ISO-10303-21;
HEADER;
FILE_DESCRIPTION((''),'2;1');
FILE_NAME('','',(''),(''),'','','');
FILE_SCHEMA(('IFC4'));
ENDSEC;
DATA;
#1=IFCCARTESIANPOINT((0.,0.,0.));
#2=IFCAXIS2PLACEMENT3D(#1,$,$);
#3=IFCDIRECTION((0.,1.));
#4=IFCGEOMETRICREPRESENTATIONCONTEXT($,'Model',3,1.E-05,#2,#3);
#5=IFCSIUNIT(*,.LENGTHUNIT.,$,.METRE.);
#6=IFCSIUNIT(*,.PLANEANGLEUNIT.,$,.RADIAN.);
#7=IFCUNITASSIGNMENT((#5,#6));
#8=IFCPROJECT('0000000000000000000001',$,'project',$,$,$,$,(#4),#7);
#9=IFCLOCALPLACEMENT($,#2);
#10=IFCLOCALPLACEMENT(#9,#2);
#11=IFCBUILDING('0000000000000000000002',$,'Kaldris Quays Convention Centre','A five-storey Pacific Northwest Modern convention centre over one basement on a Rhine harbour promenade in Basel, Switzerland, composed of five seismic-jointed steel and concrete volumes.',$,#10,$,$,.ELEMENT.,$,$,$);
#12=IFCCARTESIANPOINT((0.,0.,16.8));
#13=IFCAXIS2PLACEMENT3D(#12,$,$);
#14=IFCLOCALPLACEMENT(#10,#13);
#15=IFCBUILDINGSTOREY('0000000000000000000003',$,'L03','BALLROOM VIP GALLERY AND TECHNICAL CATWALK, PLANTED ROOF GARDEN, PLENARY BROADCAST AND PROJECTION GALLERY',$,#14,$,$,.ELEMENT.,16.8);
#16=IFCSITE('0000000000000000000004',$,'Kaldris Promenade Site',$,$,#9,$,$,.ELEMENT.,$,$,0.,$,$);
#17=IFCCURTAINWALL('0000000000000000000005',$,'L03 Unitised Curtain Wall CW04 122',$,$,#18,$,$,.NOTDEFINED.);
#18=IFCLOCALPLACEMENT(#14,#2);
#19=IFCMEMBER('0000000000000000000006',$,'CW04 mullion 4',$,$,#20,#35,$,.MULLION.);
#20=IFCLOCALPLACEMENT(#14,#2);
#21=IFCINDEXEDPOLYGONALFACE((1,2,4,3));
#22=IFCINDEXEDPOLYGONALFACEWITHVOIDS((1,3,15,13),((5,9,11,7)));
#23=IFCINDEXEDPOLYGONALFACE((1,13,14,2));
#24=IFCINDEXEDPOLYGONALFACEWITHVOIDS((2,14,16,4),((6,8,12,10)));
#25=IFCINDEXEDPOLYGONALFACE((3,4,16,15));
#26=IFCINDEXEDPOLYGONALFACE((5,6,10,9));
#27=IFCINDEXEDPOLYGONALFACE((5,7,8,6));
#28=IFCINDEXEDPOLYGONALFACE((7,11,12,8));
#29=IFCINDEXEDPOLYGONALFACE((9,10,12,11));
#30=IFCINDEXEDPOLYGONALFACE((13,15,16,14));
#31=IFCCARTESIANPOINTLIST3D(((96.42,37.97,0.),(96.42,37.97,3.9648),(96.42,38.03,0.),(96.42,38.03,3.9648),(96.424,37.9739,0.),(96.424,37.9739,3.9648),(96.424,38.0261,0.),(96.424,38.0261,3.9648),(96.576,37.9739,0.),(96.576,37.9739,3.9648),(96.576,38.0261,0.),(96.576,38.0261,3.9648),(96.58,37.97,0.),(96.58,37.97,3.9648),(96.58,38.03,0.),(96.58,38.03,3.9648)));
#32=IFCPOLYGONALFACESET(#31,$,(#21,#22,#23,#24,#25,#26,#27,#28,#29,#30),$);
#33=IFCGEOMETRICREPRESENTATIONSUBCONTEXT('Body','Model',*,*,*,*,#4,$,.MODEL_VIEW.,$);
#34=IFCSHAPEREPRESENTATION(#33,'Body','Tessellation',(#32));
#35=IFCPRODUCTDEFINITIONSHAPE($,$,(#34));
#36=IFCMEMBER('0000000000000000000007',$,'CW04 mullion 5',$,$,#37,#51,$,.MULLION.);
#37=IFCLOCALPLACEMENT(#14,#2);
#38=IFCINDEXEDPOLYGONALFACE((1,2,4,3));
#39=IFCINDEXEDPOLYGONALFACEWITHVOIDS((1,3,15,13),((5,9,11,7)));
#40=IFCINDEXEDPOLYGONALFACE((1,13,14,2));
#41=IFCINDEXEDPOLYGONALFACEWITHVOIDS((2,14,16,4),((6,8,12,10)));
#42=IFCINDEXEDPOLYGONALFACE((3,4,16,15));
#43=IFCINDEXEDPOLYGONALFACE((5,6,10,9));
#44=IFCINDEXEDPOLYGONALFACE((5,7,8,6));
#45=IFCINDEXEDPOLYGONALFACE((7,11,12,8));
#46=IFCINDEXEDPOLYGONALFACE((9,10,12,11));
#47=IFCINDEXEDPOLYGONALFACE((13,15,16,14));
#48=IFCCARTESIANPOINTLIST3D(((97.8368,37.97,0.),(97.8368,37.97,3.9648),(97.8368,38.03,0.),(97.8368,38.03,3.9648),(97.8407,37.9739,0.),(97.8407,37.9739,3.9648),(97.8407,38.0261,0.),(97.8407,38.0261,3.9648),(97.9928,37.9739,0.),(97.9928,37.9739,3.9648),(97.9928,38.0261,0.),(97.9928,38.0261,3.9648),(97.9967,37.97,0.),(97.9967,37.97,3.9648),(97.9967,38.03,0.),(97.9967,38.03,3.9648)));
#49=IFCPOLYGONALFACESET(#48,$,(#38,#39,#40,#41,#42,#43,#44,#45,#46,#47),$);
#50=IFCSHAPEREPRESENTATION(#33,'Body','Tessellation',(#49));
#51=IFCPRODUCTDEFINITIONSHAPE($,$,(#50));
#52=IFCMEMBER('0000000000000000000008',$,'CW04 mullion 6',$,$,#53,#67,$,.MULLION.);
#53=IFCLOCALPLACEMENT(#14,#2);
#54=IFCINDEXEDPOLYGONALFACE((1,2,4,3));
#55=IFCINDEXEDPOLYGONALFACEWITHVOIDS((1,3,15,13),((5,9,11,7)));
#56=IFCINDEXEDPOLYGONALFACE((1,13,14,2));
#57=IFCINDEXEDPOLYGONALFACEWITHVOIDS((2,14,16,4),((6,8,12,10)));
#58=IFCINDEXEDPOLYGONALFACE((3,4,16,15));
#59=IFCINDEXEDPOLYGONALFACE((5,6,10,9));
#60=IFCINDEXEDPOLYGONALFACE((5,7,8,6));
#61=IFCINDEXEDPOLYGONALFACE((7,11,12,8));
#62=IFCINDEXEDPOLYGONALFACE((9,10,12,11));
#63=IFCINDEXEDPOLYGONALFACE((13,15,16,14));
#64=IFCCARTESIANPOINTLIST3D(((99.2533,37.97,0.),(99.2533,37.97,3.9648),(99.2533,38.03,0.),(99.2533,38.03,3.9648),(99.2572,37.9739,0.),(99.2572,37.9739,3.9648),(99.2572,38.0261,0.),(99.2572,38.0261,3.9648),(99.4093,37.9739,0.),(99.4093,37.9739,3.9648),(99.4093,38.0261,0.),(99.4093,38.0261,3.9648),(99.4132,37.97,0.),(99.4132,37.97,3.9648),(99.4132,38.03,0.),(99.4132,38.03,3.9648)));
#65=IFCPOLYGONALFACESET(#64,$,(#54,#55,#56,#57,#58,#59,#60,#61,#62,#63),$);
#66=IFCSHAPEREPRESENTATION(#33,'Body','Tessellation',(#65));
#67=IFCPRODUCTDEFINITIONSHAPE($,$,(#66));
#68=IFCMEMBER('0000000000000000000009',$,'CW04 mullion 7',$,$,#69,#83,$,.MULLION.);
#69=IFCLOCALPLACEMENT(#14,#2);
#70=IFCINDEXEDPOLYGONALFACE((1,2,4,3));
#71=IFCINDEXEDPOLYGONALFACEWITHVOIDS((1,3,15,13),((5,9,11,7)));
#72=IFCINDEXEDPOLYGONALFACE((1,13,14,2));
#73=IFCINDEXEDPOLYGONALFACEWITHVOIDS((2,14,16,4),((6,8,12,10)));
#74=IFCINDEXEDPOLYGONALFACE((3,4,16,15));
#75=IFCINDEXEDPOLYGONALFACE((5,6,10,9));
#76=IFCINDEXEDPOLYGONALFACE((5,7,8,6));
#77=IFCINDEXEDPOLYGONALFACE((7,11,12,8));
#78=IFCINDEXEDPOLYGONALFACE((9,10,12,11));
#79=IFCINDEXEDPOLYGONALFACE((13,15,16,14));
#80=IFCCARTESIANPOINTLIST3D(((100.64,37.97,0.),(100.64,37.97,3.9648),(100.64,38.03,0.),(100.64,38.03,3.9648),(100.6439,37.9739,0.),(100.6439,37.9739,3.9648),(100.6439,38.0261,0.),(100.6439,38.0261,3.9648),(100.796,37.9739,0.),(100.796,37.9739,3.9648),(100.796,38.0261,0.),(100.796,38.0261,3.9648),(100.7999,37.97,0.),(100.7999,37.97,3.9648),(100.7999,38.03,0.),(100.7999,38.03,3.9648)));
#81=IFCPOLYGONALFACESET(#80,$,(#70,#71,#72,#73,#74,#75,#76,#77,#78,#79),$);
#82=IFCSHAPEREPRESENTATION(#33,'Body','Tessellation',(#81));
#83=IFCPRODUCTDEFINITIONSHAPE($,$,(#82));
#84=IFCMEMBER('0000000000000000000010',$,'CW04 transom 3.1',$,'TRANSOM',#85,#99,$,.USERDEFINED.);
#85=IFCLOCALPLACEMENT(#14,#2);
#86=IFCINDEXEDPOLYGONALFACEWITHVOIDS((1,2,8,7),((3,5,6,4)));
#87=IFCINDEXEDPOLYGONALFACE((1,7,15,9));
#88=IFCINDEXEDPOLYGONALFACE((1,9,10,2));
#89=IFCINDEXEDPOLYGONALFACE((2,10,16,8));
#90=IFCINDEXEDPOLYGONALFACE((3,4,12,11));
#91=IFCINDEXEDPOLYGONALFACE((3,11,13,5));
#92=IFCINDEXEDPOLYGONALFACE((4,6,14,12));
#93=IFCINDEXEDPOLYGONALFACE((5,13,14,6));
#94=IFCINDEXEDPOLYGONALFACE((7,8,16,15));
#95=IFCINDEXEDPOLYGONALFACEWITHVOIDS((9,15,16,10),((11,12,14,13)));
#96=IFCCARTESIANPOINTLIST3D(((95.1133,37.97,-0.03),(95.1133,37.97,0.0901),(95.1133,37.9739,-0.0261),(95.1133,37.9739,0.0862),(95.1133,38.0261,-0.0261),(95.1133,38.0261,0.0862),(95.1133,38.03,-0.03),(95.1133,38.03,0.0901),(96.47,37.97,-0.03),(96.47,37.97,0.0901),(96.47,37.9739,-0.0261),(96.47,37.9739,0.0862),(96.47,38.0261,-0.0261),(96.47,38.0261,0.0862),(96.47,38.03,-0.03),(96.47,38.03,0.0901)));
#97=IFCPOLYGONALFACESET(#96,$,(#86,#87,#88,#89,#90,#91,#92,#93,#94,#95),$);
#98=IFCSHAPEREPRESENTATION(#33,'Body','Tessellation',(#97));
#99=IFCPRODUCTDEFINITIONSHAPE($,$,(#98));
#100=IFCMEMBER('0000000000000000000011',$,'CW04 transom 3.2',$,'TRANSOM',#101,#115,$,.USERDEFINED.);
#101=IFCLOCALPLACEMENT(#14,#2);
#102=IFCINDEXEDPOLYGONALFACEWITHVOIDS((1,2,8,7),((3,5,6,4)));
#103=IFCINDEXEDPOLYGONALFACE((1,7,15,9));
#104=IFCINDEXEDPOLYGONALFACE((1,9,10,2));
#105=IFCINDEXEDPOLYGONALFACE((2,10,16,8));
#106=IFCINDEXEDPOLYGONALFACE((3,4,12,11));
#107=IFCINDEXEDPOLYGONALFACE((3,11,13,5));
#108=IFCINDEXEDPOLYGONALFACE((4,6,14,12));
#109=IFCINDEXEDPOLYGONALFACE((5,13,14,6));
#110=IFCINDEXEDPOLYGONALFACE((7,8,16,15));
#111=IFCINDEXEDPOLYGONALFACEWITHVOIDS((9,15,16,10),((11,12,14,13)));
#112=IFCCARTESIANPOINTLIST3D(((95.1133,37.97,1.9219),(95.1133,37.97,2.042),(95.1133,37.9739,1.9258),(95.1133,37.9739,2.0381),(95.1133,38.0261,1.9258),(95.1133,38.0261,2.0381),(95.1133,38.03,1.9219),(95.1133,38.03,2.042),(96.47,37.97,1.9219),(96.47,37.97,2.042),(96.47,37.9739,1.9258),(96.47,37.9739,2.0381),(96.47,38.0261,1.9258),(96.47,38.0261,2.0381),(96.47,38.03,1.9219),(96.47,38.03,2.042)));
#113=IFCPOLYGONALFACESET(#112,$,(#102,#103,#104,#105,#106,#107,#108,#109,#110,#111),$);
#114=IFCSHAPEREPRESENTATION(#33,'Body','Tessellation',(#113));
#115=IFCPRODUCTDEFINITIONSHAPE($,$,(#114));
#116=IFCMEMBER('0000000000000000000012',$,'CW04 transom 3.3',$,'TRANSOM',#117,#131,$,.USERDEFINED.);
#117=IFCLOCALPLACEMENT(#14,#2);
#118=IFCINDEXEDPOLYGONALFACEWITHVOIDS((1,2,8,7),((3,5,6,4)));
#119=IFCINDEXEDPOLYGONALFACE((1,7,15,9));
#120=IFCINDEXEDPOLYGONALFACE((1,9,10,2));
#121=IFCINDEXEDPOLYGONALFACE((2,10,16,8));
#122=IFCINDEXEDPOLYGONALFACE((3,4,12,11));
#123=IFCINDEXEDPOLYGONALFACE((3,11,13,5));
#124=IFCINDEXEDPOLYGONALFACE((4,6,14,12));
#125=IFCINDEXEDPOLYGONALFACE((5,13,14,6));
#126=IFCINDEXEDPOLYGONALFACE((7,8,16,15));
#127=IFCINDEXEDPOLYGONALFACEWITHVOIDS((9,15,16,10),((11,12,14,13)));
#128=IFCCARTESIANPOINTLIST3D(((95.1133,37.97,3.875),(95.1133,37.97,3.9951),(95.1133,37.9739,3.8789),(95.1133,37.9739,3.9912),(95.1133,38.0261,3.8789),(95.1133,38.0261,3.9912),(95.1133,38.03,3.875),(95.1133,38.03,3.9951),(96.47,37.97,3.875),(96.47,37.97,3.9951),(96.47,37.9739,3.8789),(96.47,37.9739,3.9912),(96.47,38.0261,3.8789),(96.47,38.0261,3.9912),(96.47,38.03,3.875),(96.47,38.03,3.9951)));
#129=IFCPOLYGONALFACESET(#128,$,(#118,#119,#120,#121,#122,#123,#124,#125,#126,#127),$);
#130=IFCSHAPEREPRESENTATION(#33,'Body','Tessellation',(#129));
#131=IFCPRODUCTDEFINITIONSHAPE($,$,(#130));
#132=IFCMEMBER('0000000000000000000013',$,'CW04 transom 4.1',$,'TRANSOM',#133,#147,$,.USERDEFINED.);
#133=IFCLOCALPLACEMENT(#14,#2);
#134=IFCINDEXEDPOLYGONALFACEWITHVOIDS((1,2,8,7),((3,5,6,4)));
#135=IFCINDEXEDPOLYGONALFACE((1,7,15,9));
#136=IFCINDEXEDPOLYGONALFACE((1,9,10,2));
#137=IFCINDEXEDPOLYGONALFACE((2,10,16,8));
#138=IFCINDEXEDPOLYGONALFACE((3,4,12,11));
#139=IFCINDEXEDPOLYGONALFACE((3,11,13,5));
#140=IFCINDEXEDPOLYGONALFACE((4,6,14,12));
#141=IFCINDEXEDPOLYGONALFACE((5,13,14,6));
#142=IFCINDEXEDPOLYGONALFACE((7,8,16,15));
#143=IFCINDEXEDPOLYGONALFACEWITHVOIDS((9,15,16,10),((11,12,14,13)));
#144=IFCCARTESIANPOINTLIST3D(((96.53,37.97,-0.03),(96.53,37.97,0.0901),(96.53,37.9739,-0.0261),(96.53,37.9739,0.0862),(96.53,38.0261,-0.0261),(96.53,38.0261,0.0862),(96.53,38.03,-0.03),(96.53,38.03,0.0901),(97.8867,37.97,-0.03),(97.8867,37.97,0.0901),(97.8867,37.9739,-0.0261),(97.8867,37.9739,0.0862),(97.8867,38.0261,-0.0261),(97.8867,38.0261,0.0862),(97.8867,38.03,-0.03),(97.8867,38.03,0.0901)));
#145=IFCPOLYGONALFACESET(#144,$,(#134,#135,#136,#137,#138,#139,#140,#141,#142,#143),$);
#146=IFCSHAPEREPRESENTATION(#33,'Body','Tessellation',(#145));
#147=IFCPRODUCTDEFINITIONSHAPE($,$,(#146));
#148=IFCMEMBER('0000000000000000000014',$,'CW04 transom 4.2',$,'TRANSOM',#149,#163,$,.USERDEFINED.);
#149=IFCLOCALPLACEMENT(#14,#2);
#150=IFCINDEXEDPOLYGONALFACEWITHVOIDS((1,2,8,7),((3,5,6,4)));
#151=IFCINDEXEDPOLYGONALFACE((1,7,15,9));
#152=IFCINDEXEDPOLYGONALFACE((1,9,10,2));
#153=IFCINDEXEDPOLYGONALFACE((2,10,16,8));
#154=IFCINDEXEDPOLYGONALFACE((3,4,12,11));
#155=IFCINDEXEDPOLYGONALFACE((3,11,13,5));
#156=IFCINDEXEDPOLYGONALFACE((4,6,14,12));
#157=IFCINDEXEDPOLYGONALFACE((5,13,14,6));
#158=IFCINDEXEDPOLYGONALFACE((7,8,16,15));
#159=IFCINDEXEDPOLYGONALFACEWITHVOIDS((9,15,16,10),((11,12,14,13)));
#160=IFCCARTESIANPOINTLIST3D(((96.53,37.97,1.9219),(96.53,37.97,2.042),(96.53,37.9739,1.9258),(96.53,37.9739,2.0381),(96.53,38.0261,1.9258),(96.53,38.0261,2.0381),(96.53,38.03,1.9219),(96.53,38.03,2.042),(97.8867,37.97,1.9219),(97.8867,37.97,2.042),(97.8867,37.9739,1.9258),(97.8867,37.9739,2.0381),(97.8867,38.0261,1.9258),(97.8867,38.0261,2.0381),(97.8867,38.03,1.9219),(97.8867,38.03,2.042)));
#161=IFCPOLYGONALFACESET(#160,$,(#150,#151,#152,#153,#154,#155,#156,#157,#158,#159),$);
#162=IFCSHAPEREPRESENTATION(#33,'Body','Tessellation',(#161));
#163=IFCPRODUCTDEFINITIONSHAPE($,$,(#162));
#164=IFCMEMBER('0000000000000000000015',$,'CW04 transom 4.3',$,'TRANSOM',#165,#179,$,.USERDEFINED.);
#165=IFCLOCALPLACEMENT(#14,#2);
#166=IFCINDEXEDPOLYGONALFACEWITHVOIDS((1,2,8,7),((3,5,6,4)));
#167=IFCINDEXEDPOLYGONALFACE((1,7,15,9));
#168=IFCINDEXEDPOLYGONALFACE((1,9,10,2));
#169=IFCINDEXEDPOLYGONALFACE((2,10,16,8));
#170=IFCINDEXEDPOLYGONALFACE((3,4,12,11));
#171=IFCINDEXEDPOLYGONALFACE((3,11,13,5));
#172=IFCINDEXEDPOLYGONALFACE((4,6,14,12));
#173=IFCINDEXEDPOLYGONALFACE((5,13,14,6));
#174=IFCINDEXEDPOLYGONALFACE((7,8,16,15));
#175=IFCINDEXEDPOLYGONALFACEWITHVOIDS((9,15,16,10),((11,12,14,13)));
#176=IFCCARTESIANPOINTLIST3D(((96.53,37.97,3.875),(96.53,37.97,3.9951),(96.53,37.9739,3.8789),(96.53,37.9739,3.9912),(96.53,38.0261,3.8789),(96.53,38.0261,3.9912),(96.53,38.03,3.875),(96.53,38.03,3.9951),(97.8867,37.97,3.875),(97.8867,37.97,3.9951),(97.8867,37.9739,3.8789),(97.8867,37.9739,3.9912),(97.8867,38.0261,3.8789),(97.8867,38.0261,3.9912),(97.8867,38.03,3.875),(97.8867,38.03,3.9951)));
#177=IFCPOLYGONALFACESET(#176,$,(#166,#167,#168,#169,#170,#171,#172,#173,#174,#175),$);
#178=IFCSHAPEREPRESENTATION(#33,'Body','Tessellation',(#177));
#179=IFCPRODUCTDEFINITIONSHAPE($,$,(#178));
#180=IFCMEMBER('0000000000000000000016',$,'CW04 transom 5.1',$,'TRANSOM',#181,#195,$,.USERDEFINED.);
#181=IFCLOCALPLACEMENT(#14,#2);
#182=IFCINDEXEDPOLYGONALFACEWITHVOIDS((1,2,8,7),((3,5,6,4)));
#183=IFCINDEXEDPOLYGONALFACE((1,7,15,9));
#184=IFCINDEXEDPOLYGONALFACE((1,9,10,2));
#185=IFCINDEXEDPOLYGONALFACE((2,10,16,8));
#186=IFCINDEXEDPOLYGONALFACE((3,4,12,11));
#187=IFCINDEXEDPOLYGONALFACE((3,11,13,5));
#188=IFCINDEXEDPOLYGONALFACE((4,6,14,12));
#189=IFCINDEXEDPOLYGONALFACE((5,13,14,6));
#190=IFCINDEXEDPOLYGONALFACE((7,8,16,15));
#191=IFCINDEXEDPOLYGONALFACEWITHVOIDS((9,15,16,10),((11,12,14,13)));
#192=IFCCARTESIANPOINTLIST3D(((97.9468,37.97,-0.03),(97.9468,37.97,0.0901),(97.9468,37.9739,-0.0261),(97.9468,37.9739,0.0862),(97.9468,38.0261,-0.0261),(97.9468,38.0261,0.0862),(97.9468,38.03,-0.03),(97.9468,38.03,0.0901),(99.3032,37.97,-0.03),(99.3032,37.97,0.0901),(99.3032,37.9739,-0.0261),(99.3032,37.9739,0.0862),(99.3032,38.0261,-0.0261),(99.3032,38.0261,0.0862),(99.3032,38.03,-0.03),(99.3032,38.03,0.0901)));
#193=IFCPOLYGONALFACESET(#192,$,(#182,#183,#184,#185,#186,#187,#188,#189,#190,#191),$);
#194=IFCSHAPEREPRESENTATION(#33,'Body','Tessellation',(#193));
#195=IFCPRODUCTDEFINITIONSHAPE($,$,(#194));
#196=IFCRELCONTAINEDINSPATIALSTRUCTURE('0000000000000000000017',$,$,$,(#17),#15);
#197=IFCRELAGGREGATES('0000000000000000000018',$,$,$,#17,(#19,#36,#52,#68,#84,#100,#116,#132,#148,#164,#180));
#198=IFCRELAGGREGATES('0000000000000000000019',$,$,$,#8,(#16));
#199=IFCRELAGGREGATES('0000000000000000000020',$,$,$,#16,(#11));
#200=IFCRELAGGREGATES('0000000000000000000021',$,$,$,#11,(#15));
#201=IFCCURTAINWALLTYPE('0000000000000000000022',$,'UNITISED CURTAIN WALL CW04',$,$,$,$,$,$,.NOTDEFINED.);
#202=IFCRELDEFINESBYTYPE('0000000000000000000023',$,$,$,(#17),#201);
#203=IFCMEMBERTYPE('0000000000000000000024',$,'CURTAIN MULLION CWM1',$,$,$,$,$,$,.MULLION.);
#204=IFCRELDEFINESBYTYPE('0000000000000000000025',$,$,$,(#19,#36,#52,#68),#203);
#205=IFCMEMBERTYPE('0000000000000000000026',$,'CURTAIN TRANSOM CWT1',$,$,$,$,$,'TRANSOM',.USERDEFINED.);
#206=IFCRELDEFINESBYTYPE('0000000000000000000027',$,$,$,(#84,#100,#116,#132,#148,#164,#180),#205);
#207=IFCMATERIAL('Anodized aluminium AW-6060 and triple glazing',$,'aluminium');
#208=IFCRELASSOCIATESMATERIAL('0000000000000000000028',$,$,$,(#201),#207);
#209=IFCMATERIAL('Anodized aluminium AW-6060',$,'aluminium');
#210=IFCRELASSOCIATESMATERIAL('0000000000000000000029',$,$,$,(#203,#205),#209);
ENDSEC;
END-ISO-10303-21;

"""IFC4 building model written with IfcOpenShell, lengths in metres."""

from ifc_helpers import new_model, si_unit, direction, frame, origin, origin_2d, place, context, subcontext, project, spatial, hollow_rectangle, extrude, material, material_profile, profile_set, type_object, element, aggregate, save


model = new_model("IFC4")

# Units and contexts
model_context = context("Model", 3, precision=1e-05, world=origin(), true_north=direction((0.0, 1.0)))
body_context = subcontext(model_context, "Body", "Model", "MODEL_VIEW")
ifc_project = project(units=[si_unit("LENGTHUNIT", "METRE"), si_unit("PLANEANGLEUNIT", "RADIAN")], contexts=[model_context])

# Site, building, storey
site_placement = place(None, origin())
site = spatial("IfcSite", under=ifc_project, at=site_placement, Name="Kaldris Promenade Site", CompositionType="ELEMENT", RefElevation=0.0)
building_placement = place(site_placement, origin())
building = spatial("IfcBuilding", under=site, at=building_placement, Name="Kaldris Quays Convention Centre", Description="A five-storey Pacific Northwest Modern convention centre over one basement on a Rhine harbour promenade in Basel, Switzerland, composed of five seismic-jointed steel and concrete volumes.", CompositionType="ELEMENT")
storey_placement = place(building_placement, frame((0.0, 0.0, 16.8)))
storey = spatial("IfcBuildingStorey", under=building, at=storey_placement, Name="L03", Description="BALLROOM VIP GALLERY AND TECHNICAL CATWALK, PLANTED ROOF GARDEN, PLENARY BROADCAST AND PROJECTION GALLERY", CompositionType="ELEMENT", Elevation=16.8)

# Curtain wall, members
ifc_material_1 = material(Name="Anodized aluminium AW-6060 and triple glazing", Category="aluminium")
curtain_wall_type = type_object("IfcCurtainWallType", Name="UNITISED CURTAIN WALL CW04", PredefinedType="NOTDEFINED", material=ifc_material_1)
curtain_wall_placement = place(storey_placement, origin())
curtain_wall = element("IfcCurtainWall", 1, at=curtain_wall_placement, inside=storey, type_object=curtain_wall_type, Name="L03 Unitised Curtain Wall CW04 122", PredefinedType="NOTDEFINED")
ifc_material_2 = material(Name="Anodized aluminium AW-6060", Category="aluminium")
ifc_material_profile_1 = material_profile(ifc_material_2, hollow_rectangle(XDim=0.0601, YDim=0.1599, WallThickness=0.0039, at=origin_2d()), Name="RHS 160x60x4")
ifc_profile_set_1 = profile_set([ifc_material_profile_1], Name="Anodized aluminium AW-6060")
member_type_1 = type_object("IfcMemberType", Name="CURTAIN MULLION CWM1", PredefinedType="MULLION", material=ifc_profile_set_1)
member_1_placement = place(storey_placement, frame((96.5, 38.0, 0.0), z_axis=(0.0, 0.0, 1.0), x_axis=(0.0, 1.0, 0.0)))
member_1 = element("IfcMember", 2, at=member_1_placement, type_object=member_type_1, Name="CW04 mullion 4", PredefinedType="MULLION", context=body_context, shape_type="SweptSolid", body=[
    extrude(hollow_rectangle(XDim=0.0601, YDim=0.1599, WallThickness=0.0039, at=origin_2d()), origin(), (0.0, 0.0, 1.0), 3.9648),
])
member_2_placement = place(storey_placement, frame((97.9167, 38.0, 0.0), z_axis=(0.0, 0.0, 1.0), x_axis=(0.0, 1.0, 0.0)))
member_2 = element("IfcMember", 3, at=member_2_placement, type_object=member_type_1, Name="CW04 mullion 5", PredefinedType="MULLION", context=body_context, shape_type="SweptSolid", body=[
    extrude(hollow_rectangle(XDim=0.0601, YDim=0.1599, WallThickness=0.0039, at=origin_2d()), origin(), (0.0, 0.0, 1.0), 3.9648),
])
member_3_placement = place(storey_placement, frame((99.3333, 38.0, 0.0), z_axis=(0.0, 0.0, 1.0), x_axis=(0.0, 1.0, 0.0)))
member_3 = element("IfcMember", 4, at=member_3_placement, type_object=member_type_1, Name="CW04 mullion 6", PredefinedType="MULLION", context=body_context, shape_type="SweptSolid", body=[
    extrude(hollow_rectangle(XDim=0.0601, YDim=0.1599, WallThickness=0.0039, at=origin_2d()), origin(), (0.0, 0.0, 1.0), 3.9648),
])
member_4_placement = place(storey_placement, frame((100.72, 38.0, 0.0), z_axis=(0.0, 0.0, 1.0), x_axis=(0.0, 1.0, 0.0)))
member_4 = element("IfcMember", 5, at=member_4_placement, type_object=member_type_1, Name="CW04 mullion 7", PredefinedType="MULLION", context=body_context, shape_type="SweptSolid", body=[
    extrude(hollow_rectangle(XDim=0.0601, YDim=0.1599, WallThickness=0.0039, at=origin_2d()), origin(), (0.0, 0.0, 1.0), 3.9648),
])
ifc_material_profile_2 = material_profile(ifc_material_2, hollow_rectangle(XDim=0.0601, YDim=0.1201, WallThickness=0.0039, at=origin_2d()), Name="RHS 120x60x4")
ifc_profile_set_2 = profile_set([ifc_material_profile_2], Name="Anodized aluminium AW-6060")
member_type_2 = type_object("IfcMemberType", Name="CURTAIN TRANSOM CWT1", ElementType="TRANSOM", PredefinedType="USERDEFINED", material=ifc_profile_set_2)
member_5_placement = place(storey_placement, frame((95.1133, 38.0, 0.03), z_axis=(1.0, 0.0, 0.0), x_axis=(0.0, 1.0, 0.0)))
member_5 = element("IfcMember", 6, at=member_5_placement, type_object=member_type_2, Name="CW04 transom 3.1", ObjectType="TRANSOM", PredefinedType="USERDEFINED", context=body_context, shape_type="SweptSolid", body=[
    extrude(hollow_rectangle(XDim=0.0601, YDim=0.1201, WallThickness=0.0039, at=origin_2d()), origin(), (0.0, 0.0, 1.0), 1.3567),
])
member_6_placement = place(storey_placement, frame((95.1133, 38.0, 1.9819), z_axis=(1.0, 0.0, 0.0), x_axis=(0.0, 1.0, 0.0)))
member_6 = element("IfcMember", 7, at=member_6_placement, type_object=member_type_2, Name="CW04 transom 3.2", ObjectType="TRANSOM", PredefinedType="USERDEFINED", context=body_context, shape_type="SweptSolid", body=[
    extrude(hollow_rectangle(XDim=0.0601, YDim=0.1201, WallThickness=0.0039, at=origin_2d()), origin(), (0.0, 0.0, 1.0), 1.3567),
])
member_7_placement = place(storey_placement, frame((95.1133, 38.0, 3.9351), z_axis=(1.0, 0.0, 0.0), x_axis=(0.0, 1.0, 0.0)))
member_7 = element("IfcMember", 8, at=member_7_placement, type_object=member_type_2, Name="CW04 transom 3.3", ObjectType="TRANSOM", PredefinedType="USERDEFINED", context=body_context, shape_type="SweptSolid", body=[
    extrude(hollow_rectangle(XDim=0.0601, YDim=0.1201, WallThickness=0.0039, at=origin_2d()), origin(), (0.0, 0.0, 1.0), 1.3567),
])
member_8_placement = place(storey_placement, frame((96.53, 38.0, 0.03), z_axis=(1.0, 0.0, 0.0), x_axis=(0.0, 1.0, 0.0)))
member_8 = element("IfcMember", 9, at=member_8_placement, type_object=member_type_2, Name="CW04 transom 4.1", ObjectType="TRANSOM", PredefinedType="USERDEFINED", context=body_context, shape_type="SweptSolid", body=[
    extrude(hollow_rectangle(XDim=0.0601, YDim=0.1201, WallThickness=0.0039, at=origin_2d()), origin(), (0.0, 0.0, 1.0), 1.3567),
])
member_9_placement = place(storey_placement, frame((96.53, 38.0, 1.9819), z_axis=(1.0, 0.0, 0.0), x_axis=(0.0, 1.0, 0.0)))
member_9 = element("IfcMember", 10, at=member_9_placement, type_object=member_type_2, Name="CW04 transom 4.2", ObjectType="TRANSOM", PredefinedType="USERDEFINED", context=body_context, shape_type="SweptSolid", body=[
    extrude(hollow_rectangle(XDim=0.0601, YDim=0.1201, WallThickness=0.0039, at=origin_2d()), origin(), (0.0, 0.0, 1.0), 1.3567),
])
member_10_placement = place(storey_placement, frame((96.53, 38.0, 3.9351), z_axis=(1.0, 0.0, 0.0), x_axis=(0.0, 1.0, 0.0)))
member_10 = element("IfcMember", 11, at=member_10_placement, type_object=member_type_2, Name="CW04 transom 4.3", ObjectType="TRANSOM", PredefinedType="USERDEFINED", context=body_context, shape_type="SweptSolid", body=[
    extrude(hollow_rectangle(XDim=0.0601, YDim=0.1201, WallThickness=0.0039, at=origin_2d()), origin(), (0.0, 0.0, 1.0), 1.3567),
])
member_11_placement = place(storey_placement, frame((97.9468, 38.0, 0.03), z_axis=(1.0, 0.0, 0.0), x_axis=(0.0, 1.0, 0.0)))
member_11 = element("IfcMember", 12, at=member_11_placement, type_object=member_type_2, Name="CW04 transom 5.1", ObjectType="TRANSOM", PredefinedType="USERDEFINED", context=body_context, shape_type="SweptSolid", body=[
    extrude(hollow_rectangle(XDim=0.0601, YDim=0.1201, WallThickness=0.0039, at=origin_2d()), origin(), (0.0, 0.0, 1.0), 1.3564),
])
aggregate(curtain_wall, [member_1, member_2, member_3, member_4, member_5, member_6, member_7, member_8, member_9, member_10, member_11])

save(model, "model.ifc")
